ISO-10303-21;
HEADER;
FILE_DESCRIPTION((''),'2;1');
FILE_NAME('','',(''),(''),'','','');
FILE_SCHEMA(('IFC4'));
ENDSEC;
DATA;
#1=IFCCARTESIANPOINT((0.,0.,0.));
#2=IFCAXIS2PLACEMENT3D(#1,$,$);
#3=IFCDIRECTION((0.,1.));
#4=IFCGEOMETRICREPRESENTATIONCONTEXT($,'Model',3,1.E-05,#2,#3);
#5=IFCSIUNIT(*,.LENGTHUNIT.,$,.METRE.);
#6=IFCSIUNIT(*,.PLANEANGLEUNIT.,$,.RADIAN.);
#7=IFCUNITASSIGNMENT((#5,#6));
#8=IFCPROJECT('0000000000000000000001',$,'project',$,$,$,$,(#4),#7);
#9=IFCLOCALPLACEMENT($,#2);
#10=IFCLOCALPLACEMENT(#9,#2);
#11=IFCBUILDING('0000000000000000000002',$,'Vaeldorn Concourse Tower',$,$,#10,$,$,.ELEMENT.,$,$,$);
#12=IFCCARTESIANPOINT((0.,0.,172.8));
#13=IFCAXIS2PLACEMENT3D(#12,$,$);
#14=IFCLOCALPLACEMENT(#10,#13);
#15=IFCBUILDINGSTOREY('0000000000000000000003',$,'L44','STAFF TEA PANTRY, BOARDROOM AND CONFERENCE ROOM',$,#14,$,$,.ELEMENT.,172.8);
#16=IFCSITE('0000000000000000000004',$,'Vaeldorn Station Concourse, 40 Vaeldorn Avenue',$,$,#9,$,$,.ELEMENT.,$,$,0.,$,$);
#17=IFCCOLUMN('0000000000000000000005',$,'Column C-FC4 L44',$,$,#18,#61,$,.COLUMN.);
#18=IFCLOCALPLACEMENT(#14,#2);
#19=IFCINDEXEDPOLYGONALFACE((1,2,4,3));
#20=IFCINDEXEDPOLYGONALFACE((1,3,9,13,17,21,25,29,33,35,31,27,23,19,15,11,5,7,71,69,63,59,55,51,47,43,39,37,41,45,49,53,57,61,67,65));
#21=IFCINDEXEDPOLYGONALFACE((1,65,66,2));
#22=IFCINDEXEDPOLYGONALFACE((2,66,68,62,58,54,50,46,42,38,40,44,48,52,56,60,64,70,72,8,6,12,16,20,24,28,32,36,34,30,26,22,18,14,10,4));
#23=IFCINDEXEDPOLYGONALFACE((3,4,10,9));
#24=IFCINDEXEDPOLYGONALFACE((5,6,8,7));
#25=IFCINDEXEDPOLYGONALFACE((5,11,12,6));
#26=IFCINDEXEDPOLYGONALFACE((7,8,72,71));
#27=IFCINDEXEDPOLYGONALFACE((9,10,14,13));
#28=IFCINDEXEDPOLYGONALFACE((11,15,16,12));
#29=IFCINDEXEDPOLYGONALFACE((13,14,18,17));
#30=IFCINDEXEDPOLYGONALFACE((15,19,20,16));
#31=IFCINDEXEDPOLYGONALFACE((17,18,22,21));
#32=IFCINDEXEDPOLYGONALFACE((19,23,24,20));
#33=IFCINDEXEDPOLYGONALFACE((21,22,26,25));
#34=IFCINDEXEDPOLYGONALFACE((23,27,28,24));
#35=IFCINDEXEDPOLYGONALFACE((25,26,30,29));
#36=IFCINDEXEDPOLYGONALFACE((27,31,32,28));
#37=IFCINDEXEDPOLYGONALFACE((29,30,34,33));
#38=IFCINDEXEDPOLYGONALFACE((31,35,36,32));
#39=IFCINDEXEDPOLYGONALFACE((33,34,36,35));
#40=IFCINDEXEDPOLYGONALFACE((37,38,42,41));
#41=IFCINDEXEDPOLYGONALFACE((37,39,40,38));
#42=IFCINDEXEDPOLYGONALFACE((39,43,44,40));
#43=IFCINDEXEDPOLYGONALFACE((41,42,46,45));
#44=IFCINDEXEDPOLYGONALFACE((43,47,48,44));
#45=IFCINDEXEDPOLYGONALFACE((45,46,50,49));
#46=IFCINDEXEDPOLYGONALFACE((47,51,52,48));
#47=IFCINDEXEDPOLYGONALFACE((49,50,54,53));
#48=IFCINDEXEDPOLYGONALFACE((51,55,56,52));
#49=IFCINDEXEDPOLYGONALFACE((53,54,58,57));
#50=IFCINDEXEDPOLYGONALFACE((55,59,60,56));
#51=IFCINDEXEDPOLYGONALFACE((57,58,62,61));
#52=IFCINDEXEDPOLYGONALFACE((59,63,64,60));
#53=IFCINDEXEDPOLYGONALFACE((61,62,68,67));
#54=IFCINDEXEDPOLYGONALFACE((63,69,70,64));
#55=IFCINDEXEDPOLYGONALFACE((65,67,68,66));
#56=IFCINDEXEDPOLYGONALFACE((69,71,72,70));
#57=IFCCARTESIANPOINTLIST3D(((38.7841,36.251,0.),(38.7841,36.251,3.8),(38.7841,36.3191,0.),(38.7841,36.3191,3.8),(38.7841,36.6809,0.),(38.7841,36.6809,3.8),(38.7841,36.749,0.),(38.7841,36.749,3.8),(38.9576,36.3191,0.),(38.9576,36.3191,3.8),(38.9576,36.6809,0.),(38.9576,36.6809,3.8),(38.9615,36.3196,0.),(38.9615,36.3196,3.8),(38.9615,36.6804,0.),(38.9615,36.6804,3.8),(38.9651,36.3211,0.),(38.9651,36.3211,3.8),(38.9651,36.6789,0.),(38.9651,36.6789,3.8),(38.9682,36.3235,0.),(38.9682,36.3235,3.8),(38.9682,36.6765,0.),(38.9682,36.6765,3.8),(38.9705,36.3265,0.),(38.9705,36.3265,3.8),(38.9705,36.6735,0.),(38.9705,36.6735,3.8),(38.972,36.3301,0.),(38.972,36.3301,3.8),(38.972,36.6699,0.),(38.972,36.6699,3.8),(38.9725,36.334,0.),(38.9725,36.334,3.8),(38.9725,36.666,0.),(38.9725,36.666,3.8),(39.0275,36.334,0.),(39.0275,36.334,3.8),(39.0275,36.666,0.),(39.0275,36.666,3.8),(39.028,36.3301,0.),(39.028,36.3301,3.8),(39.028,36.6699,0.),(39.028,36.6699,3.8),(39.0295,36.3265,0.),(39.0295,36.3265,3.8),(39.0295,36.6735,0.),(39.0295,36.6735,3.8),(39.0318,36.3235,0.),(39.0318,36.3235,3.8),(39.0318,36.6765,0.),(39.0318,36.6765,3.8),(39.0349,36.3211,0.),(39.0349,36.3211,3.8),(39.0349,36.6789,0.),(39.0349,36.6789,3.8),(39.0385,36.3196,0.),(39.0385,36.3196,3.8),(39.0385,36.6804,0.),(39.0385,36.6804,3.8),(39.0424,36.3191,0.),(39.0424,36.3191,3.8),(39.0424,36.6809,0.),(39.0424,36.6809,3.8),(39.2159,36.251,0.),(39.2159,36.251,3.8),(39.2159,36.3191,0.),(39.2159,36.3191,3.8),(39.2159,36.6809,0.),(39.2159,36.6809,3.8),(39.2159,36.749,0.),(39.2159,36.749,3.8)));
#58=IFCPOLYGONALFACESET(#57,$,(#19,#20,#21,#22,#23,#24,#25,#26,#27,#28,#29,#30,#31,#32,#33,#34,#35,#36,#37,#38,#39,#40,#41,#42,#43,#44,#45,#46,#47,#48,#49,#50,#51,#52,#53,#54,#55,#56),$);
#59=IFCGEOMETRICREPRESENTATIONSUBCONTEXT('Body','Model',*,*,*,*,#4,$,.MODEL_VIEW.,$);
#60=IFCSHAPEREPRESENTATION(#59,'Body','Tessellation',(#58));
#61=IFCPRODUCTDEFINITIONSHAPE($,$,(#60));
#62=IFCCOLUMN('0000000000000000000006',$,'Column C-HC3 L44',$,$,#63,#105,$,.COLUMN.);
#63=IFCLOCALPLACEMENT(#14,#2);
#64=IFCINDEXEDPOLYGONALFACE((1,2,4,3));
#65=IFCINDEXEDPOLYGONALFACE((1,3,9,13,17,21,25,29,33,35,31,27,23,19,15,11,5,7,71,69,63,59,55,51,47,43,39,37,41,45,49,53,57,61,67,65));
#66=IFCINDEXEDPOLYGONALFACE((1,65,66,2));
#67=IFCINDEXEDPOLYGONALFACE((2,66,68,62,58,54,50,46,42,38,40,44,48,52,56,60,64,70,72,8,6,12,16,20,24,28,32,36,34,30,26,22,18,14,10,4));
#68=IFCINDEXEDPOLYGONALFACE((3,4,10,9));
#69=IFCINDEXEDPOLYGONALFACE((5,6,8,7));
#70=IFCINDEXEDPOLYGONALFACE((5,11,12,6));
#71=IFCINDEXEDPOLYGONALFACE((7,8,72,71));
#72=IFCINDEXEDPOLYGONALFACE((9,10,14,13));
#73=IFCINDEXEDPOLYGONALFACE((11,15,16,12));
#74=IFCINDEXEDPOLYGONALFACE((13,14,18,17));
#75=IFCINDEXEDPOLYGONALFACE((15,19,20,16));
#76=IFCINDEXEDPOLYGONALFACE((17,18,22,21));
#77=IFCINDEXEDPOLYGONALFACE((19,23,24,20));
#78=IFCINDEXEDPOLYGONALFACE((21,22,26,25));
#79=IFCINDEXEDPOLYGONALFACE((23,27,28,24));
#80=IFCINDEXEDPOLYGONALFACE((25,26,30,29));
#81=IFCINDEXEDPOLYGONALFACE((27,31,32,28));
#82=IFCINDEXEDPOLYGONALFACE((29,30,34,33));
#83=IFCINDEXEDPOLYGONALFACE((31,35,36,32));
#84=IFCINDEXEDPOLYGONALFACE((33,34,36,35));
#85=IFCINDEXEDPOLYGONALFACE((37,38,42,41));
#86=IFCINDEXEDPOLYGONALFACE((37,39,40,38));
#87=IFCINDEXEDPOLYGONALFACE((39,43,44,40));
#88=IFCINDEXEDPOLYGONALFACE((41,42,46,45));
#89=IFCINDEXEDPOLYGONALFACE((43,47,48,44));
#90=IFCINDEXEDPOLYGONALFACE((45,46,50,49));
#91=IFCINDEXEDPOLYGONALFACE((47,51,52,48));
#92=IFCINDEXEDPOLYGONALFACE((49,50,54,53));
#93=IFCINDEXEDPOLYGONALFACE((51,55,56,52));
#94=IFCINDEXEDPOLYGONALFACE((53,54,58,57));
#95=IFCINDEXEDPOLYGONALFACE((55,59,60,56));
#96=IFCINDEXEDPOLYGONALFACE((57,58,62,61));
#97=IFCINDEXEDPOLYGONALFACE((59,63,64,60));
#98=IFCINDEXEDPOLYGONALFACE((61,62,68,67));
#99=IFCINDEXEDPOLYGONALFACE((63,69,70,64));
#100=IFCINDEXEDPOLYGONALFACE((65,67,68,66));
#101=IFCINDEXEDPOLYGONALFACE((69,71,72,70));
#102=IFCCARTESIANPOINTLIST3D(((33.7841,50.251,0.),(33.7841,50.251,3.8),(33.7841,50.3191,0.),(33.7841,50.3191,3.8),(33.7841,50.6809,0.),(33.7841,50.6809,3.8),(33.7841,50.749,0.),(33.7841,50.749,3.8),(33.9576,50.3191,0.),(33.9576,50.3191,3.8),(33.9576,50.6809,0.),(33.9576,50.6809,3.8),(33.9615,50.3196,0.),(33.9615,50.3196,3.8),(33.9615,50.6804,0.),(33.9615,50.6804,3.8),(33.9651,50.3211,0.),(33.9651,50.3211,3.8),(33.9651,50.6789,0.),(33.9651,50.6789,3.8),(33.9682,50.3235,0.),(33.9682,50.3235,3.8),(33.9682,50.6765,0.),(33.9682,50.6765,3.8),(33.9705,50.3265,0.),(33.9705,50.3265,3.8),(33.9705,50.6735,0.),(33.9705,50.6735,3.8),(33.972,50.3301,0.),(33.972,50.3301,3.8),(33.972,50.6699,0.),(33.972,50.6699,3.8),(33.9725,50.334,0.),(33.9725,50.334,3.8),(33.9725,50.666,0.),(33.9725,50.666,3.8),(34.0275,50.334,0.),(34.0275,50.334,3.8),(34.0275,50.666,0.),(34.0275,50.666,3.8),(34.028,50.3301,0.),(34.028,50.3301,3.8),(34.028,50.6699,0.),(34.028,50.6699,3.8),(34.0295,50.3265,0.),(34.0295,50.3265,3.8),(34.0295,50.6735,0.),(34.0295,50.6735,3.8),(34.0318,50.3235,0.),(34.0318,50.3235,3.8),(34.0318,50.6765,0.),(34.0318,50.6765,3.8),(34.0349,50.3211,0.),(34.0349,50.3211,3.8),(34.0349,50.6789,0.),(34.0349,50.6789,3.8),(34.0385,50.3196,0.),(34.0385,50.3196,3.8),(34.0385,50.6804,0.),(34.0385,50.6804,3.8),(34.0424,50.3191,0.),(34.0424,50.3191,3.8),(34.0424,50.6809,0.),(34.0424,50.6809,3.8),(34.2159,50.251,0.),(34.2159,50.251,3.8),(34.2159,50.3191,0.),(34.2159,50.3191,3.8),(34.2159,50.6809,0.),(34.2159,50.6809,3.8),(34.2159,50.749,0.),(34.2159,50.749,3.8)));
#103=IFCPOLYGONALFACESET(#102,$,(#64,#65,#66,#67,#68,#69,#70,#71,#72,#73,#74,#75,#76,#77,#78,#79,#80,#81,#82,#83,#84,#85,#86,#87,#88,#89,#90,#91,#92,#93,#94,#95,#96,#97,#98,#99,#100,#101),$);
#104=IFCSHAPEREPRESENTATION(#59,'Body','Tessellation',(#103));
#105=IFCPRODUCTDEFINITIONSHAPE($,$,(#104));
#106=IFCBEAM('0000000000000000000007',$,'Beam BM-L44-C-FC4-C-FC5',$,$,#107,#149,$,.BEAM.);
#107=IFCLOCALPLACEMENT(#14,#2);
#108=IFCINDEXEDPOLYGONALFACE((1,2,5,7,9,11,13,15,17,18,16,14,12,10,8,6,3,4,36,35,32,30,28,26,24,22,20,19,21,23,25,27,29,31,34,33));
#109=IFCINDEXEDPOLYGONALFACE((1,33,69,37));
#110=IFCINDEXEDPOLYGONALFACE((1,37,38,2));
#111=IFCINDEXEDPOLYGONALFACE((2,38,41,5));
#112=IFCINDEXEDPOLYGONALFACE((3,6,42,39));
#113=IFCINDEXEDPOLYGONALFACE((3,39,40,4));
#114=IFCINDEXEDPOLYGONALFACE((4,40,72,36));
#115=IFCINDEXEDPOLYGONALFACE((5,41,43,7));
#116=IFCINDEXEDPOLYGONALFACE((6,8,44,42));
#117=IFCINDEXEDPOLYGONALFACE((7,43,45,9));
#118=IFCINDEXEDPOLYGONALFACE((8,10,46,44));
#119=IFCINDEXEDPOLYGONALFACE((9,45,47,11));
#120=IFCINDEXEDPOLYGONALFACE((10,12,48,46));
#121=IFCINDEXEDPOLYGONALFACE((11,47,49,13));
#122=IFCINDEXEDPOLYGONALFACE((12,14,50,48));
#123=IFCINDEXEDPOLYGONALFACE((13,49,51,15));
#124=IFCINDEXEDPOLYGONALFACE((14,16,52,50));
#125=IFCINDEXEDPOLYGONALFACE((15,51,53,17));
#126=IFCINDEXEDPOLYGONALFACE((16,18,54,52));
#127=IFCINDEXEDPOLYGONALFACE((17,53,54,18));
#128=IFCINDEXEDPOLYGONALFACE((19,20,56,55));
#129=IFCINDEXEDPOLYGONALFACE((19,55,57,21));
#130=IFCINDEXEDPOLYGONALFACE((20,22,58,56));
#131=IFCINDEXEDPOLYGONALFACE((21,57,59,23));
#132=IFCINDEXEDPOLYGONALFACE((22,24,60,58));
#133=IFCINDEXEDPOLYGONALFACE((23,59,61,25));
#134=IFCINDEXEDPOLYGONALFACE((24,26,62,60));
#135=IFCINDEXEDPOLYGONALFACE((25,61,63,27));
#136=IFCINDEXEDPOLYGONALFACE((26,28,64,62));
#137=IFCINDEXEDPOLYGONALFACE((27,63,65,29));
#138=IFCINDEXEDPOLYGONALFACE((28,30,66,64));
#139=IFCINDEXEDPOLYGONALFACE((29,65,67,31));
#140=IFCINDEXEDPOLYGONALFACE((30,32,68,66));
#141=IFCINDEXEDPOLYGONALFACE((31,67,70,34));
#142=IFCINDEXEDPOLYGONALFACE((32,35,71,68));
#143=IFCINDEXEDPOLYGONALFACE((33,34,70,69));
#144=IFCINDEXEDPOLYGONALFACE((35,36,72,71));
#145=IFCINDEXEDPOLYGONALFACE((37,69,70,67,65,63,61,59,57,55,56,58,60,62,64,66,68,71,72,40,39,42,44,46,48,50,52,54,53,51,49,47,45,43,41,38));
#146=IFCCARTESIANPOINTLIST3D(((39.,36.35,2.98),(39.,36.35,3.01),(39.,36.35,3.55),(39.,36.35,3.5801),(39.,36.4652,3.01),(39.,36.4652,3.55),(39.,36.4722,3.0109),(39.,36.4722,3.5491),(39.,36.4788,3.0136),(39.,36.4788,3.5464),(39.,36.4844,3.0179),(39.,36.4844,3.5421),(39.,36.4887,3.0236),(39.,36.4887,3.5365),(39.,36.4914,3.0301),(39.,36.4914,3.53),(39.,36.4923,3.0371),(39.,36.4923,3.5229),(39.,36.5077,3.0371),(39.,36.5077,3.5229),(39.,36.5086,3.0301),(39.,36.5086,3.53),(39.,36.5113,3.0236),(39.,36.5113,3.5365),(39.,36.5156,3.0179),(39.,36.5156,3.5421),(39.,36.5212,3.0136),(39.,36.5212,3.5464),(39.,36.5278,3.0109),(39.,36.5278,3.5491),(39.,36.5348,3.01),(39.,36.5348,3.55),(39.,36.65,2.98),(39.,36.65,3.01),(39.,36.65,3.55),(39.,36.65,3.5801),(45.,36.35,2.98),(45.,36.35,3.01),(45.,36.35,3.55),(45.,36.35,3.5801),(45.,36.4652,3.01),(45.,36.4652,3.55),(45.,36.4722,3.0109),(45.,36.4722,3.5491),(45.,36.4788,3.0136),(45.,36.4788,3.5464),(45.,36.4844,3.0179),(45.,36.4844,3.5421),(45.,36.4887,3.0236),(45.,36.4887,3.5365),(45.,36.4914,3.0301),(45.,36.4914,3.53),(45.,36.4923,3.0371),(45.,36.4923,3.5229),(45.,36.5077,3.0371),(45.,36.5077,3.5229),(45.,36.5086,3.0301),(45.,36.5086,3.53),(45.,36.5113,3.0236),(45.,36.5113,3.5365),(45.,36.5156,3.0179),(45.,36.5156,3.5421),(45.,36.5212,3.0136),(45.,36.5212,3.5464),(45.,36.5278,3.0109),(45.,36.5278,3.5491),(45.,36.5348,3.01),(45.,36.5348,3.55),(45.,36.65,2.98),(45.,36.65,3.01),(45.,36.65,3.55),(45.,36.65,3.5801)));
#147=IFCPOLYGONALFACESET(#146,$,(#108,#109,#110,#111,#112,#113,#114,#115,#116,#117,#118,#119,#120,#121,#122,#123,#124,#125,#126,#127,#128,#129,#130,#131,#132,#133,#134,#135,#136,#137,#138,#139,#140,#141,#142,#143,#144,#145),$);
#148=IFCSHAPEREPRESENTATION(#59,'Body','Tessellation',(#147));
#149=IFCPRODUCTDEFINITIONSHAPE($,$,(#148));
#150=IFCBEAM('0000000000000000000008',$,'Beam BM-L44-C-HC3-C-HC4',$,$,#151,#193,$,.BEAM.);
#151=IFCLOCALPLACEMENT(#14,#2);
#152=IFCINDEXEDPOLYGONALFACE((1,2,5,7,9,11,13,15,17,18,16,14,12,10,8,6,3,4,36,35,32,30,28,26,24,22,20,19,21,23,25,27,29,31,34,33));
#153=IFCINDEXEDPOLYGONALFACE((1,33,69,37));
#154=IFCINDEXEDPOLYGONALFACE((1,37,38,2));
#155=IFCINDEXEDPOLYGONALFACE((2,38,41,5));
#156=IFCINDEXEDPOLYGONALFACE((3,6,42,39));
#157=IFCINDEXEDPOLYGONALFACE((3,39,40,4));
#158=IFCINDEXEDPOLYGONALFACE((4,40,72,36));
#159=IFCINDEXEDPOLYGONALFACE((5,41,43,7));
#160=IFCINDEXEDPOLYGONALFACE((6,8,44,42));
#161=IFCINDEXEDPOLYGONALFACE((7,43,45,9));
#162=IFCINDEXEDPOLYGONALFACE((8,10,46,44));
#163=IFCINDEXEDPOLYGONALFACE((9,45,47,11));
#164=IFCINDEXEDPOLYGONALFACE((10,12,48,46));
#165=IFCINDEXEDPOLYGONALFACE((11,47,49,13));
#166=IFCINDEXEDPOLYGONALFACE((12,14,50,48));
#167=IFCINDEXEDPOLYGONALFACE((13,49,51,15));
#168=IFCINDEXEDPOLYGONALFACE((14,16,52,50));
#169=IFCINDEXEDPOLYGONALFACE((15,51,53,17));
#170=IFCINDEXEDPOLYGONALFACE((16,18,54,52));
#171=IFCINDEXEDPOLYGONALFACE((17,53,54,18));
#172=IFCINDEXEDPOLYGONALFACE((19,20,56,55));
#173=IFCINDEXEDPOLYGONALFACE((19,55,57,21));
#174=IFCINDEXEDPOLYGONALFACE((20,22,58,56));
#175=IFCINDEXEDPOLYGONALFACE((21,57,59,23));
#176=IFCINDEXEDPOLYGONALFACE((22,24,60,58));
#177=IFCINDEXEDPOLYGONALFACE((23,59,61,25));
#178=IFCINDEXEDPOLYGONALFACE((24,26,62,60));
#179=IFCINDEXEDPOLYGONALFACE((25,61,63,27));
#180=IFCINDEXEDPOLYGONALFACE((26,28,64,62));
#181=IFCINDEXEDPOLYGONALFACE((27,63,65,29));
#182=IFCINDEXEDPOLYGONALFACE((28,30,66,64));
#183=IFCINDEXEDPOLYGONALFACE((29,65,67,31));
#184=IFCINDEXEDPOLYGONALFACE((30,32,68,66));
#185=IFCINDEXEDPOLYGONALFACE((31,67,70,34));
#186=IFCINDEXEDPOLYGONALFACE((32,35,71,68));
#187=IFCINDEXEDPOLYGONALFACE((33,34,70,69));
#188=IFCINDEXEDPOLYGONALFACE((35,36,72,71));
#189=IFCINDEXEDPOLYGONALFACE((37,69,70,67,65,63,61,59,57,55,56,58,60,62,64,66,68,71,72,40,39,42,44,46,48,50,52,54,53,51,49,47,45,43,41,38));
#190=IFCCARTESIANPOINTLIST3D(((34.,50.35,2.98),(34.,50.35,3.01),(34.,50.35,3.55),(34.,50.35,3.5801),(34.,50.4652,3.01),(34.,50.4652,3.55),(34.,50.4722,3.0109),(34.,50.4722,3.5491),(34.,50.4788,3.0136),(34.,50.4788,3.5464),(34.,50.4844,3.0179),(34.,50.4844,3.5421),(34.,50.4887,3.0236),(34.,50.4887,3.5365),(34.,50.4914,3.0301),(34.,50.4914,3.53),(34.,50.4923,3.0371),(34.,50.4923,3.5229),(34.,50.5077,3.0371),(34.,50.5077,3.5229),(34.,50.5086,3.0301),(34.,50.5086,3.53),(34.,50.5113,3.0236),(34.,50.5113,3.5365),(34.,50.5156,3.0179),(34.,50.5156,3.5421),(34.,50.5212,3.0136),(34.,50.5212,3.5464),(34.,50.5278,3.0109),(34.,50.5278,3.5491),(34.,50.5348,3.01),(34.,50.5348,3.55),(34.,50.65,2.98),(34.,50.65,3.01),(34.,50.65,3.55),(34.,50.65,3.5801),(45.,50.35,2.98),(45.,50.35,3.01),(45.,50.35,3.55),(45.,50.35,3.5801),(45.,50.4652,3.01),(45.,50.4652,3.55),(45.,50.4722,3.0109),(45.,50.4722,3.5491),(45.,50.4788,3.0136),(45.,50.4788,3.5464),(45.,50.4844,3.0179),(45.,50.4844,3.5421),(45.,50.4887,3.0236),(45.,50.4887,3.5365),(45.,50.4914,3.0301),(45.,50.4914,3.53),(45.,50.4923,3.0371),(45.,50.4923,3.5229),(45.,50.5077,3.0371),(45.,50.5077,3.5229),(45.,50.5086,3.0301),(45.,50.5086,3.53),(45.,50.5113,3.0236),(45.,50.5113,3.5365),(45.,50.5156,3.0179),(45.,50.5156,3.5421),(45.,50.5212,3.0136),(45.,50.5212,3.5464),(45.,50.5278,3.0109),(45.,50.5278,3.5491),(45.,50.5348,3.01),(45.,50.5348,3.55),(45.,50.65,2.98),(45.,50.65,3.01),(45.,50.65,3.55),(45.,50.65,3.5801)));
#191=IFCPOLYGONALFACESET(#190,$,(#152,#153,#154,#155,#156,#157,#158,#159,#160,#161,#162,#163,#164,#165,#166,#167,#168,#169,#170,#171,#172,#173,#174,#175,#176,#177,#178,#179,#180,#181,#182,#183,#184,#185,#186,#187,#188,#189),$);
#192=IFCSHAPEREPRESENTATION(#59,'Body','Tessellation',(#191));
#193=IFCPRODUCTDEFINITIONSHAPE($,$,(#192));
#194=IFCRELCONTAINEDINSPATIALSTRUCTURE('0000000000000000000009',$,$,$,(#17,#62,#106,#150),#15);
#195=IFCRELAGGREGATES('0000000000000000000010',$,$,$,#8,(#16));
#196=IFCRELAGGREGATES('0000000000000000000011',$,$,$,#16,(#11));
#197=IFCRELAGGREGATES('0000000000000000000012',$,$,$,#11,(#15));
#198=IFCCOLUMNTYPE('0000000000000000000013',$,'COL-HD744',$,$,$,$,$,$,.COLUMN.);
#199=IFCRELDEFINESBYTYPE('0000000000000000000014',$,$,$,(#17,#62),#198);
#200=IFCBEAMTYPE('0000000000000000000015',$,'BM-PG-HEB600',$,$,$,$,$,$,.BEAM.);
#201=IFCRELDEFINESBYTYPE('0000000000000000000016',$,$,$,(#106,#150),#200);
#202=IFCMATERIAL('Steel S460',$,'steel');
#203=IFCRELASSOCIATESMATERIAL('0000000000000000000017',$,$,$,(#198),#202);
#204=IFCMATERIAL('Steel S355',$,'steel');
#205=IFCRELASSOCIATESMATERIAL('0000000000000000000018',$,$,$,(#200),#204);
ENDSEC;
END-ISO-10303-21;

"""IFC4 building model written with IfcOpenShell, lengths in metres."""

from ifc_helpers import new_model, si_unit, direction, frame, origin, origin_2d, place, context, subcontext, project, spatial, i_section, extrude, source, transform, mapped, material, material_profile, profile_set, type_object, element, save


model = new_model("IFC4")

# Units and contexts
model_context = context("Model", 3, precision=1e-05, world=origin(), true_north=direction((0.0, 1.0)))
body_context = subcontext(model_context, "Body", "Model", "MODEL_VIEW")
ifc_project = project(units=[si_unit("LENGTHUNIT", "METRE"), si_unit("PLANEANGLEUNIT", "RADIAN")], contexts=[model_context])

# Site, building, storey
site_placement = place(None, origin())
site = spatial("IfcSite", under=ifc_project, at=site_placement, Name="Vaeldorn Station Concourse, 40 Vaeldorn Avenue", CompositionType="ELEMENT", RefElevation=0.0)
building_placement = place(site_placement, origin())
building = spatial("IfcBuilding", under=site, at=building_placement, Name="Vaeldorn Concourse Tower", CompositionType="ELEMENT")
storey_placement = place(building_placement, frame((0.0, 0.0, 172.8)))
storey = spatial("IfcBuildingStorey", under=building, at=storey_placement, Name="L44", Description="STAFF TEA PANTRY, BOARDROOM AND CONFERENCE ROOM", CompositionType="ELEMENT", Elevation=172.8)

# Columns
ifc_material_1 = material(Name="Steel S460", Category="steel")
ifc_material_profile_1 = material_profile(ifc_material_1, i_section(OverallWidth=0.4319, OverallDepth=0.498, WebThickness=0.0549, FlangeThickness=0.0681, FilletRadius=0.0149, at=origin_2d()), Name="HD 400x744")
ifc_profile_set_1 = profile_set([ifc_material_profile_1], Name="Steel S460")
column_type = type_object("IfcColumnType", Name="COL-HD744", PredefinedType="COLUMN", material=ifc_profile_set_1)
shared_shape_1 = source(origin(), body_context, "Body", "SweptSolid", [
    extrude(i_section(OverallWidth=0.4319, OverallDepth=0.498, WebThickness=0.0549, FlangeThickness=0.0681, FilletRadius=0.0149, at=origin_2d()), origin(), (0.0, 0.0, 1.0), 3.8),
])
for number, where, z_axis, x_axis, name in (
    (1, (39.0, 36.5, 0.0), (0.0, 0.0, 1.0), (1.0, 0.0, 0.0), "Column C-FC4 L44"),
    (2, (34.0, 50.5, 0.0), (0.0, 0.0, 1.0), (1.0, 0.0, 0.0), "Column C-HC3 L44"),
):
    element("IfcColumn", number, at=place(storey_placement, frame(where, z_axis=z_axis, x_axis=x_axis)), inside=storey, type_object=column_type, Name=name, PredefinedType="COLUMN", context=body_context, shape_type="MappedRepresentation", body=[
        mapped(shared_shape_1, transform((0.0, 0.0, 0.0), scale=1.0)),
    ])

# Beams
ifc_material_2 = material(Name="Steel S355", Category="steel")
ifc_material_profile_2 = material_profile(ifc_material_2, i_section(OverallWidth=0.3, OverallDepth=0.6001, WebThickness=0.0154, FlangeThickness=0.03, FilletRadius=0.0271, at=origin_2d()), Name="HEB 600")
ifc_profile_set_2 = profile_set([ifc_material_profile_2], Name="Steel S355")
beam_type = type_object("IfcBeamType", Name="BM-PG-HEB600", PredefinedType="BEAM", material=ifc_profile_set_2)
shared_shape_2 = source(origin(), body_context, "Body", "SweptSolid", [
    extrude(i_section(OverallWidth=0.3, OverallDepth=0.6001, WebThickness=0.0154, FlangeThickness=0.03, FilletRadius=0.0271, at=origin_2d()), origin(), (0.0, 0.0, 1.0), 6.0),
])
beam_1_placement = place(storey_placement, frame((39.0, 36.5, 3.28), z_axis=(1.0, 0.0, 0.0), x_axis=(0.0, 1.0, 0.0)))
element("IfcBeam", 3, at=beam_1_placement, inside=storey, type_object=beam_type, Name="Beam BM-L44-C-FC4-C-FC5", PredefinedType="BEAM", context=body_context, shape_type="MappedRepresentation", body=[
    mapped(shared_shape_2, transform((0.0, 0.0, 0.0), scale=1.0)),
])
shared_shape_3 = source(origin(), body_context, "Body", "SweptSolid", [
    extrude(i_section(OverallWidth=0.3, OverallDepth=0.6001, WebThickness=0.0154, FlangeThickness=0.03, FilletRadius=0.0271, at=origin_2d()), origin(), (0.0, 0.0, 1.0), 11.0),
])
beam_2_placement = place(storey_placement, frame((34.0, 50.5, 3.28), z_axis=(1.0, 0.0, 0.0), x_axis=(0.0, 1.0, 0.0)))
element("IfcBeam", 4, at=beam_2_placement, inside=storey, type_object=beam_type, Name="Beam BM-L44-C-HC3-C-HC4", PredefinedType="BEAM", context=body_context, shape_type="MappedRepresentation", body=[
    mapped(shared_shape_3, transform((0.0, 0.0, 0.0), scale=1.0)),
])

save(model, "model.ifc")
